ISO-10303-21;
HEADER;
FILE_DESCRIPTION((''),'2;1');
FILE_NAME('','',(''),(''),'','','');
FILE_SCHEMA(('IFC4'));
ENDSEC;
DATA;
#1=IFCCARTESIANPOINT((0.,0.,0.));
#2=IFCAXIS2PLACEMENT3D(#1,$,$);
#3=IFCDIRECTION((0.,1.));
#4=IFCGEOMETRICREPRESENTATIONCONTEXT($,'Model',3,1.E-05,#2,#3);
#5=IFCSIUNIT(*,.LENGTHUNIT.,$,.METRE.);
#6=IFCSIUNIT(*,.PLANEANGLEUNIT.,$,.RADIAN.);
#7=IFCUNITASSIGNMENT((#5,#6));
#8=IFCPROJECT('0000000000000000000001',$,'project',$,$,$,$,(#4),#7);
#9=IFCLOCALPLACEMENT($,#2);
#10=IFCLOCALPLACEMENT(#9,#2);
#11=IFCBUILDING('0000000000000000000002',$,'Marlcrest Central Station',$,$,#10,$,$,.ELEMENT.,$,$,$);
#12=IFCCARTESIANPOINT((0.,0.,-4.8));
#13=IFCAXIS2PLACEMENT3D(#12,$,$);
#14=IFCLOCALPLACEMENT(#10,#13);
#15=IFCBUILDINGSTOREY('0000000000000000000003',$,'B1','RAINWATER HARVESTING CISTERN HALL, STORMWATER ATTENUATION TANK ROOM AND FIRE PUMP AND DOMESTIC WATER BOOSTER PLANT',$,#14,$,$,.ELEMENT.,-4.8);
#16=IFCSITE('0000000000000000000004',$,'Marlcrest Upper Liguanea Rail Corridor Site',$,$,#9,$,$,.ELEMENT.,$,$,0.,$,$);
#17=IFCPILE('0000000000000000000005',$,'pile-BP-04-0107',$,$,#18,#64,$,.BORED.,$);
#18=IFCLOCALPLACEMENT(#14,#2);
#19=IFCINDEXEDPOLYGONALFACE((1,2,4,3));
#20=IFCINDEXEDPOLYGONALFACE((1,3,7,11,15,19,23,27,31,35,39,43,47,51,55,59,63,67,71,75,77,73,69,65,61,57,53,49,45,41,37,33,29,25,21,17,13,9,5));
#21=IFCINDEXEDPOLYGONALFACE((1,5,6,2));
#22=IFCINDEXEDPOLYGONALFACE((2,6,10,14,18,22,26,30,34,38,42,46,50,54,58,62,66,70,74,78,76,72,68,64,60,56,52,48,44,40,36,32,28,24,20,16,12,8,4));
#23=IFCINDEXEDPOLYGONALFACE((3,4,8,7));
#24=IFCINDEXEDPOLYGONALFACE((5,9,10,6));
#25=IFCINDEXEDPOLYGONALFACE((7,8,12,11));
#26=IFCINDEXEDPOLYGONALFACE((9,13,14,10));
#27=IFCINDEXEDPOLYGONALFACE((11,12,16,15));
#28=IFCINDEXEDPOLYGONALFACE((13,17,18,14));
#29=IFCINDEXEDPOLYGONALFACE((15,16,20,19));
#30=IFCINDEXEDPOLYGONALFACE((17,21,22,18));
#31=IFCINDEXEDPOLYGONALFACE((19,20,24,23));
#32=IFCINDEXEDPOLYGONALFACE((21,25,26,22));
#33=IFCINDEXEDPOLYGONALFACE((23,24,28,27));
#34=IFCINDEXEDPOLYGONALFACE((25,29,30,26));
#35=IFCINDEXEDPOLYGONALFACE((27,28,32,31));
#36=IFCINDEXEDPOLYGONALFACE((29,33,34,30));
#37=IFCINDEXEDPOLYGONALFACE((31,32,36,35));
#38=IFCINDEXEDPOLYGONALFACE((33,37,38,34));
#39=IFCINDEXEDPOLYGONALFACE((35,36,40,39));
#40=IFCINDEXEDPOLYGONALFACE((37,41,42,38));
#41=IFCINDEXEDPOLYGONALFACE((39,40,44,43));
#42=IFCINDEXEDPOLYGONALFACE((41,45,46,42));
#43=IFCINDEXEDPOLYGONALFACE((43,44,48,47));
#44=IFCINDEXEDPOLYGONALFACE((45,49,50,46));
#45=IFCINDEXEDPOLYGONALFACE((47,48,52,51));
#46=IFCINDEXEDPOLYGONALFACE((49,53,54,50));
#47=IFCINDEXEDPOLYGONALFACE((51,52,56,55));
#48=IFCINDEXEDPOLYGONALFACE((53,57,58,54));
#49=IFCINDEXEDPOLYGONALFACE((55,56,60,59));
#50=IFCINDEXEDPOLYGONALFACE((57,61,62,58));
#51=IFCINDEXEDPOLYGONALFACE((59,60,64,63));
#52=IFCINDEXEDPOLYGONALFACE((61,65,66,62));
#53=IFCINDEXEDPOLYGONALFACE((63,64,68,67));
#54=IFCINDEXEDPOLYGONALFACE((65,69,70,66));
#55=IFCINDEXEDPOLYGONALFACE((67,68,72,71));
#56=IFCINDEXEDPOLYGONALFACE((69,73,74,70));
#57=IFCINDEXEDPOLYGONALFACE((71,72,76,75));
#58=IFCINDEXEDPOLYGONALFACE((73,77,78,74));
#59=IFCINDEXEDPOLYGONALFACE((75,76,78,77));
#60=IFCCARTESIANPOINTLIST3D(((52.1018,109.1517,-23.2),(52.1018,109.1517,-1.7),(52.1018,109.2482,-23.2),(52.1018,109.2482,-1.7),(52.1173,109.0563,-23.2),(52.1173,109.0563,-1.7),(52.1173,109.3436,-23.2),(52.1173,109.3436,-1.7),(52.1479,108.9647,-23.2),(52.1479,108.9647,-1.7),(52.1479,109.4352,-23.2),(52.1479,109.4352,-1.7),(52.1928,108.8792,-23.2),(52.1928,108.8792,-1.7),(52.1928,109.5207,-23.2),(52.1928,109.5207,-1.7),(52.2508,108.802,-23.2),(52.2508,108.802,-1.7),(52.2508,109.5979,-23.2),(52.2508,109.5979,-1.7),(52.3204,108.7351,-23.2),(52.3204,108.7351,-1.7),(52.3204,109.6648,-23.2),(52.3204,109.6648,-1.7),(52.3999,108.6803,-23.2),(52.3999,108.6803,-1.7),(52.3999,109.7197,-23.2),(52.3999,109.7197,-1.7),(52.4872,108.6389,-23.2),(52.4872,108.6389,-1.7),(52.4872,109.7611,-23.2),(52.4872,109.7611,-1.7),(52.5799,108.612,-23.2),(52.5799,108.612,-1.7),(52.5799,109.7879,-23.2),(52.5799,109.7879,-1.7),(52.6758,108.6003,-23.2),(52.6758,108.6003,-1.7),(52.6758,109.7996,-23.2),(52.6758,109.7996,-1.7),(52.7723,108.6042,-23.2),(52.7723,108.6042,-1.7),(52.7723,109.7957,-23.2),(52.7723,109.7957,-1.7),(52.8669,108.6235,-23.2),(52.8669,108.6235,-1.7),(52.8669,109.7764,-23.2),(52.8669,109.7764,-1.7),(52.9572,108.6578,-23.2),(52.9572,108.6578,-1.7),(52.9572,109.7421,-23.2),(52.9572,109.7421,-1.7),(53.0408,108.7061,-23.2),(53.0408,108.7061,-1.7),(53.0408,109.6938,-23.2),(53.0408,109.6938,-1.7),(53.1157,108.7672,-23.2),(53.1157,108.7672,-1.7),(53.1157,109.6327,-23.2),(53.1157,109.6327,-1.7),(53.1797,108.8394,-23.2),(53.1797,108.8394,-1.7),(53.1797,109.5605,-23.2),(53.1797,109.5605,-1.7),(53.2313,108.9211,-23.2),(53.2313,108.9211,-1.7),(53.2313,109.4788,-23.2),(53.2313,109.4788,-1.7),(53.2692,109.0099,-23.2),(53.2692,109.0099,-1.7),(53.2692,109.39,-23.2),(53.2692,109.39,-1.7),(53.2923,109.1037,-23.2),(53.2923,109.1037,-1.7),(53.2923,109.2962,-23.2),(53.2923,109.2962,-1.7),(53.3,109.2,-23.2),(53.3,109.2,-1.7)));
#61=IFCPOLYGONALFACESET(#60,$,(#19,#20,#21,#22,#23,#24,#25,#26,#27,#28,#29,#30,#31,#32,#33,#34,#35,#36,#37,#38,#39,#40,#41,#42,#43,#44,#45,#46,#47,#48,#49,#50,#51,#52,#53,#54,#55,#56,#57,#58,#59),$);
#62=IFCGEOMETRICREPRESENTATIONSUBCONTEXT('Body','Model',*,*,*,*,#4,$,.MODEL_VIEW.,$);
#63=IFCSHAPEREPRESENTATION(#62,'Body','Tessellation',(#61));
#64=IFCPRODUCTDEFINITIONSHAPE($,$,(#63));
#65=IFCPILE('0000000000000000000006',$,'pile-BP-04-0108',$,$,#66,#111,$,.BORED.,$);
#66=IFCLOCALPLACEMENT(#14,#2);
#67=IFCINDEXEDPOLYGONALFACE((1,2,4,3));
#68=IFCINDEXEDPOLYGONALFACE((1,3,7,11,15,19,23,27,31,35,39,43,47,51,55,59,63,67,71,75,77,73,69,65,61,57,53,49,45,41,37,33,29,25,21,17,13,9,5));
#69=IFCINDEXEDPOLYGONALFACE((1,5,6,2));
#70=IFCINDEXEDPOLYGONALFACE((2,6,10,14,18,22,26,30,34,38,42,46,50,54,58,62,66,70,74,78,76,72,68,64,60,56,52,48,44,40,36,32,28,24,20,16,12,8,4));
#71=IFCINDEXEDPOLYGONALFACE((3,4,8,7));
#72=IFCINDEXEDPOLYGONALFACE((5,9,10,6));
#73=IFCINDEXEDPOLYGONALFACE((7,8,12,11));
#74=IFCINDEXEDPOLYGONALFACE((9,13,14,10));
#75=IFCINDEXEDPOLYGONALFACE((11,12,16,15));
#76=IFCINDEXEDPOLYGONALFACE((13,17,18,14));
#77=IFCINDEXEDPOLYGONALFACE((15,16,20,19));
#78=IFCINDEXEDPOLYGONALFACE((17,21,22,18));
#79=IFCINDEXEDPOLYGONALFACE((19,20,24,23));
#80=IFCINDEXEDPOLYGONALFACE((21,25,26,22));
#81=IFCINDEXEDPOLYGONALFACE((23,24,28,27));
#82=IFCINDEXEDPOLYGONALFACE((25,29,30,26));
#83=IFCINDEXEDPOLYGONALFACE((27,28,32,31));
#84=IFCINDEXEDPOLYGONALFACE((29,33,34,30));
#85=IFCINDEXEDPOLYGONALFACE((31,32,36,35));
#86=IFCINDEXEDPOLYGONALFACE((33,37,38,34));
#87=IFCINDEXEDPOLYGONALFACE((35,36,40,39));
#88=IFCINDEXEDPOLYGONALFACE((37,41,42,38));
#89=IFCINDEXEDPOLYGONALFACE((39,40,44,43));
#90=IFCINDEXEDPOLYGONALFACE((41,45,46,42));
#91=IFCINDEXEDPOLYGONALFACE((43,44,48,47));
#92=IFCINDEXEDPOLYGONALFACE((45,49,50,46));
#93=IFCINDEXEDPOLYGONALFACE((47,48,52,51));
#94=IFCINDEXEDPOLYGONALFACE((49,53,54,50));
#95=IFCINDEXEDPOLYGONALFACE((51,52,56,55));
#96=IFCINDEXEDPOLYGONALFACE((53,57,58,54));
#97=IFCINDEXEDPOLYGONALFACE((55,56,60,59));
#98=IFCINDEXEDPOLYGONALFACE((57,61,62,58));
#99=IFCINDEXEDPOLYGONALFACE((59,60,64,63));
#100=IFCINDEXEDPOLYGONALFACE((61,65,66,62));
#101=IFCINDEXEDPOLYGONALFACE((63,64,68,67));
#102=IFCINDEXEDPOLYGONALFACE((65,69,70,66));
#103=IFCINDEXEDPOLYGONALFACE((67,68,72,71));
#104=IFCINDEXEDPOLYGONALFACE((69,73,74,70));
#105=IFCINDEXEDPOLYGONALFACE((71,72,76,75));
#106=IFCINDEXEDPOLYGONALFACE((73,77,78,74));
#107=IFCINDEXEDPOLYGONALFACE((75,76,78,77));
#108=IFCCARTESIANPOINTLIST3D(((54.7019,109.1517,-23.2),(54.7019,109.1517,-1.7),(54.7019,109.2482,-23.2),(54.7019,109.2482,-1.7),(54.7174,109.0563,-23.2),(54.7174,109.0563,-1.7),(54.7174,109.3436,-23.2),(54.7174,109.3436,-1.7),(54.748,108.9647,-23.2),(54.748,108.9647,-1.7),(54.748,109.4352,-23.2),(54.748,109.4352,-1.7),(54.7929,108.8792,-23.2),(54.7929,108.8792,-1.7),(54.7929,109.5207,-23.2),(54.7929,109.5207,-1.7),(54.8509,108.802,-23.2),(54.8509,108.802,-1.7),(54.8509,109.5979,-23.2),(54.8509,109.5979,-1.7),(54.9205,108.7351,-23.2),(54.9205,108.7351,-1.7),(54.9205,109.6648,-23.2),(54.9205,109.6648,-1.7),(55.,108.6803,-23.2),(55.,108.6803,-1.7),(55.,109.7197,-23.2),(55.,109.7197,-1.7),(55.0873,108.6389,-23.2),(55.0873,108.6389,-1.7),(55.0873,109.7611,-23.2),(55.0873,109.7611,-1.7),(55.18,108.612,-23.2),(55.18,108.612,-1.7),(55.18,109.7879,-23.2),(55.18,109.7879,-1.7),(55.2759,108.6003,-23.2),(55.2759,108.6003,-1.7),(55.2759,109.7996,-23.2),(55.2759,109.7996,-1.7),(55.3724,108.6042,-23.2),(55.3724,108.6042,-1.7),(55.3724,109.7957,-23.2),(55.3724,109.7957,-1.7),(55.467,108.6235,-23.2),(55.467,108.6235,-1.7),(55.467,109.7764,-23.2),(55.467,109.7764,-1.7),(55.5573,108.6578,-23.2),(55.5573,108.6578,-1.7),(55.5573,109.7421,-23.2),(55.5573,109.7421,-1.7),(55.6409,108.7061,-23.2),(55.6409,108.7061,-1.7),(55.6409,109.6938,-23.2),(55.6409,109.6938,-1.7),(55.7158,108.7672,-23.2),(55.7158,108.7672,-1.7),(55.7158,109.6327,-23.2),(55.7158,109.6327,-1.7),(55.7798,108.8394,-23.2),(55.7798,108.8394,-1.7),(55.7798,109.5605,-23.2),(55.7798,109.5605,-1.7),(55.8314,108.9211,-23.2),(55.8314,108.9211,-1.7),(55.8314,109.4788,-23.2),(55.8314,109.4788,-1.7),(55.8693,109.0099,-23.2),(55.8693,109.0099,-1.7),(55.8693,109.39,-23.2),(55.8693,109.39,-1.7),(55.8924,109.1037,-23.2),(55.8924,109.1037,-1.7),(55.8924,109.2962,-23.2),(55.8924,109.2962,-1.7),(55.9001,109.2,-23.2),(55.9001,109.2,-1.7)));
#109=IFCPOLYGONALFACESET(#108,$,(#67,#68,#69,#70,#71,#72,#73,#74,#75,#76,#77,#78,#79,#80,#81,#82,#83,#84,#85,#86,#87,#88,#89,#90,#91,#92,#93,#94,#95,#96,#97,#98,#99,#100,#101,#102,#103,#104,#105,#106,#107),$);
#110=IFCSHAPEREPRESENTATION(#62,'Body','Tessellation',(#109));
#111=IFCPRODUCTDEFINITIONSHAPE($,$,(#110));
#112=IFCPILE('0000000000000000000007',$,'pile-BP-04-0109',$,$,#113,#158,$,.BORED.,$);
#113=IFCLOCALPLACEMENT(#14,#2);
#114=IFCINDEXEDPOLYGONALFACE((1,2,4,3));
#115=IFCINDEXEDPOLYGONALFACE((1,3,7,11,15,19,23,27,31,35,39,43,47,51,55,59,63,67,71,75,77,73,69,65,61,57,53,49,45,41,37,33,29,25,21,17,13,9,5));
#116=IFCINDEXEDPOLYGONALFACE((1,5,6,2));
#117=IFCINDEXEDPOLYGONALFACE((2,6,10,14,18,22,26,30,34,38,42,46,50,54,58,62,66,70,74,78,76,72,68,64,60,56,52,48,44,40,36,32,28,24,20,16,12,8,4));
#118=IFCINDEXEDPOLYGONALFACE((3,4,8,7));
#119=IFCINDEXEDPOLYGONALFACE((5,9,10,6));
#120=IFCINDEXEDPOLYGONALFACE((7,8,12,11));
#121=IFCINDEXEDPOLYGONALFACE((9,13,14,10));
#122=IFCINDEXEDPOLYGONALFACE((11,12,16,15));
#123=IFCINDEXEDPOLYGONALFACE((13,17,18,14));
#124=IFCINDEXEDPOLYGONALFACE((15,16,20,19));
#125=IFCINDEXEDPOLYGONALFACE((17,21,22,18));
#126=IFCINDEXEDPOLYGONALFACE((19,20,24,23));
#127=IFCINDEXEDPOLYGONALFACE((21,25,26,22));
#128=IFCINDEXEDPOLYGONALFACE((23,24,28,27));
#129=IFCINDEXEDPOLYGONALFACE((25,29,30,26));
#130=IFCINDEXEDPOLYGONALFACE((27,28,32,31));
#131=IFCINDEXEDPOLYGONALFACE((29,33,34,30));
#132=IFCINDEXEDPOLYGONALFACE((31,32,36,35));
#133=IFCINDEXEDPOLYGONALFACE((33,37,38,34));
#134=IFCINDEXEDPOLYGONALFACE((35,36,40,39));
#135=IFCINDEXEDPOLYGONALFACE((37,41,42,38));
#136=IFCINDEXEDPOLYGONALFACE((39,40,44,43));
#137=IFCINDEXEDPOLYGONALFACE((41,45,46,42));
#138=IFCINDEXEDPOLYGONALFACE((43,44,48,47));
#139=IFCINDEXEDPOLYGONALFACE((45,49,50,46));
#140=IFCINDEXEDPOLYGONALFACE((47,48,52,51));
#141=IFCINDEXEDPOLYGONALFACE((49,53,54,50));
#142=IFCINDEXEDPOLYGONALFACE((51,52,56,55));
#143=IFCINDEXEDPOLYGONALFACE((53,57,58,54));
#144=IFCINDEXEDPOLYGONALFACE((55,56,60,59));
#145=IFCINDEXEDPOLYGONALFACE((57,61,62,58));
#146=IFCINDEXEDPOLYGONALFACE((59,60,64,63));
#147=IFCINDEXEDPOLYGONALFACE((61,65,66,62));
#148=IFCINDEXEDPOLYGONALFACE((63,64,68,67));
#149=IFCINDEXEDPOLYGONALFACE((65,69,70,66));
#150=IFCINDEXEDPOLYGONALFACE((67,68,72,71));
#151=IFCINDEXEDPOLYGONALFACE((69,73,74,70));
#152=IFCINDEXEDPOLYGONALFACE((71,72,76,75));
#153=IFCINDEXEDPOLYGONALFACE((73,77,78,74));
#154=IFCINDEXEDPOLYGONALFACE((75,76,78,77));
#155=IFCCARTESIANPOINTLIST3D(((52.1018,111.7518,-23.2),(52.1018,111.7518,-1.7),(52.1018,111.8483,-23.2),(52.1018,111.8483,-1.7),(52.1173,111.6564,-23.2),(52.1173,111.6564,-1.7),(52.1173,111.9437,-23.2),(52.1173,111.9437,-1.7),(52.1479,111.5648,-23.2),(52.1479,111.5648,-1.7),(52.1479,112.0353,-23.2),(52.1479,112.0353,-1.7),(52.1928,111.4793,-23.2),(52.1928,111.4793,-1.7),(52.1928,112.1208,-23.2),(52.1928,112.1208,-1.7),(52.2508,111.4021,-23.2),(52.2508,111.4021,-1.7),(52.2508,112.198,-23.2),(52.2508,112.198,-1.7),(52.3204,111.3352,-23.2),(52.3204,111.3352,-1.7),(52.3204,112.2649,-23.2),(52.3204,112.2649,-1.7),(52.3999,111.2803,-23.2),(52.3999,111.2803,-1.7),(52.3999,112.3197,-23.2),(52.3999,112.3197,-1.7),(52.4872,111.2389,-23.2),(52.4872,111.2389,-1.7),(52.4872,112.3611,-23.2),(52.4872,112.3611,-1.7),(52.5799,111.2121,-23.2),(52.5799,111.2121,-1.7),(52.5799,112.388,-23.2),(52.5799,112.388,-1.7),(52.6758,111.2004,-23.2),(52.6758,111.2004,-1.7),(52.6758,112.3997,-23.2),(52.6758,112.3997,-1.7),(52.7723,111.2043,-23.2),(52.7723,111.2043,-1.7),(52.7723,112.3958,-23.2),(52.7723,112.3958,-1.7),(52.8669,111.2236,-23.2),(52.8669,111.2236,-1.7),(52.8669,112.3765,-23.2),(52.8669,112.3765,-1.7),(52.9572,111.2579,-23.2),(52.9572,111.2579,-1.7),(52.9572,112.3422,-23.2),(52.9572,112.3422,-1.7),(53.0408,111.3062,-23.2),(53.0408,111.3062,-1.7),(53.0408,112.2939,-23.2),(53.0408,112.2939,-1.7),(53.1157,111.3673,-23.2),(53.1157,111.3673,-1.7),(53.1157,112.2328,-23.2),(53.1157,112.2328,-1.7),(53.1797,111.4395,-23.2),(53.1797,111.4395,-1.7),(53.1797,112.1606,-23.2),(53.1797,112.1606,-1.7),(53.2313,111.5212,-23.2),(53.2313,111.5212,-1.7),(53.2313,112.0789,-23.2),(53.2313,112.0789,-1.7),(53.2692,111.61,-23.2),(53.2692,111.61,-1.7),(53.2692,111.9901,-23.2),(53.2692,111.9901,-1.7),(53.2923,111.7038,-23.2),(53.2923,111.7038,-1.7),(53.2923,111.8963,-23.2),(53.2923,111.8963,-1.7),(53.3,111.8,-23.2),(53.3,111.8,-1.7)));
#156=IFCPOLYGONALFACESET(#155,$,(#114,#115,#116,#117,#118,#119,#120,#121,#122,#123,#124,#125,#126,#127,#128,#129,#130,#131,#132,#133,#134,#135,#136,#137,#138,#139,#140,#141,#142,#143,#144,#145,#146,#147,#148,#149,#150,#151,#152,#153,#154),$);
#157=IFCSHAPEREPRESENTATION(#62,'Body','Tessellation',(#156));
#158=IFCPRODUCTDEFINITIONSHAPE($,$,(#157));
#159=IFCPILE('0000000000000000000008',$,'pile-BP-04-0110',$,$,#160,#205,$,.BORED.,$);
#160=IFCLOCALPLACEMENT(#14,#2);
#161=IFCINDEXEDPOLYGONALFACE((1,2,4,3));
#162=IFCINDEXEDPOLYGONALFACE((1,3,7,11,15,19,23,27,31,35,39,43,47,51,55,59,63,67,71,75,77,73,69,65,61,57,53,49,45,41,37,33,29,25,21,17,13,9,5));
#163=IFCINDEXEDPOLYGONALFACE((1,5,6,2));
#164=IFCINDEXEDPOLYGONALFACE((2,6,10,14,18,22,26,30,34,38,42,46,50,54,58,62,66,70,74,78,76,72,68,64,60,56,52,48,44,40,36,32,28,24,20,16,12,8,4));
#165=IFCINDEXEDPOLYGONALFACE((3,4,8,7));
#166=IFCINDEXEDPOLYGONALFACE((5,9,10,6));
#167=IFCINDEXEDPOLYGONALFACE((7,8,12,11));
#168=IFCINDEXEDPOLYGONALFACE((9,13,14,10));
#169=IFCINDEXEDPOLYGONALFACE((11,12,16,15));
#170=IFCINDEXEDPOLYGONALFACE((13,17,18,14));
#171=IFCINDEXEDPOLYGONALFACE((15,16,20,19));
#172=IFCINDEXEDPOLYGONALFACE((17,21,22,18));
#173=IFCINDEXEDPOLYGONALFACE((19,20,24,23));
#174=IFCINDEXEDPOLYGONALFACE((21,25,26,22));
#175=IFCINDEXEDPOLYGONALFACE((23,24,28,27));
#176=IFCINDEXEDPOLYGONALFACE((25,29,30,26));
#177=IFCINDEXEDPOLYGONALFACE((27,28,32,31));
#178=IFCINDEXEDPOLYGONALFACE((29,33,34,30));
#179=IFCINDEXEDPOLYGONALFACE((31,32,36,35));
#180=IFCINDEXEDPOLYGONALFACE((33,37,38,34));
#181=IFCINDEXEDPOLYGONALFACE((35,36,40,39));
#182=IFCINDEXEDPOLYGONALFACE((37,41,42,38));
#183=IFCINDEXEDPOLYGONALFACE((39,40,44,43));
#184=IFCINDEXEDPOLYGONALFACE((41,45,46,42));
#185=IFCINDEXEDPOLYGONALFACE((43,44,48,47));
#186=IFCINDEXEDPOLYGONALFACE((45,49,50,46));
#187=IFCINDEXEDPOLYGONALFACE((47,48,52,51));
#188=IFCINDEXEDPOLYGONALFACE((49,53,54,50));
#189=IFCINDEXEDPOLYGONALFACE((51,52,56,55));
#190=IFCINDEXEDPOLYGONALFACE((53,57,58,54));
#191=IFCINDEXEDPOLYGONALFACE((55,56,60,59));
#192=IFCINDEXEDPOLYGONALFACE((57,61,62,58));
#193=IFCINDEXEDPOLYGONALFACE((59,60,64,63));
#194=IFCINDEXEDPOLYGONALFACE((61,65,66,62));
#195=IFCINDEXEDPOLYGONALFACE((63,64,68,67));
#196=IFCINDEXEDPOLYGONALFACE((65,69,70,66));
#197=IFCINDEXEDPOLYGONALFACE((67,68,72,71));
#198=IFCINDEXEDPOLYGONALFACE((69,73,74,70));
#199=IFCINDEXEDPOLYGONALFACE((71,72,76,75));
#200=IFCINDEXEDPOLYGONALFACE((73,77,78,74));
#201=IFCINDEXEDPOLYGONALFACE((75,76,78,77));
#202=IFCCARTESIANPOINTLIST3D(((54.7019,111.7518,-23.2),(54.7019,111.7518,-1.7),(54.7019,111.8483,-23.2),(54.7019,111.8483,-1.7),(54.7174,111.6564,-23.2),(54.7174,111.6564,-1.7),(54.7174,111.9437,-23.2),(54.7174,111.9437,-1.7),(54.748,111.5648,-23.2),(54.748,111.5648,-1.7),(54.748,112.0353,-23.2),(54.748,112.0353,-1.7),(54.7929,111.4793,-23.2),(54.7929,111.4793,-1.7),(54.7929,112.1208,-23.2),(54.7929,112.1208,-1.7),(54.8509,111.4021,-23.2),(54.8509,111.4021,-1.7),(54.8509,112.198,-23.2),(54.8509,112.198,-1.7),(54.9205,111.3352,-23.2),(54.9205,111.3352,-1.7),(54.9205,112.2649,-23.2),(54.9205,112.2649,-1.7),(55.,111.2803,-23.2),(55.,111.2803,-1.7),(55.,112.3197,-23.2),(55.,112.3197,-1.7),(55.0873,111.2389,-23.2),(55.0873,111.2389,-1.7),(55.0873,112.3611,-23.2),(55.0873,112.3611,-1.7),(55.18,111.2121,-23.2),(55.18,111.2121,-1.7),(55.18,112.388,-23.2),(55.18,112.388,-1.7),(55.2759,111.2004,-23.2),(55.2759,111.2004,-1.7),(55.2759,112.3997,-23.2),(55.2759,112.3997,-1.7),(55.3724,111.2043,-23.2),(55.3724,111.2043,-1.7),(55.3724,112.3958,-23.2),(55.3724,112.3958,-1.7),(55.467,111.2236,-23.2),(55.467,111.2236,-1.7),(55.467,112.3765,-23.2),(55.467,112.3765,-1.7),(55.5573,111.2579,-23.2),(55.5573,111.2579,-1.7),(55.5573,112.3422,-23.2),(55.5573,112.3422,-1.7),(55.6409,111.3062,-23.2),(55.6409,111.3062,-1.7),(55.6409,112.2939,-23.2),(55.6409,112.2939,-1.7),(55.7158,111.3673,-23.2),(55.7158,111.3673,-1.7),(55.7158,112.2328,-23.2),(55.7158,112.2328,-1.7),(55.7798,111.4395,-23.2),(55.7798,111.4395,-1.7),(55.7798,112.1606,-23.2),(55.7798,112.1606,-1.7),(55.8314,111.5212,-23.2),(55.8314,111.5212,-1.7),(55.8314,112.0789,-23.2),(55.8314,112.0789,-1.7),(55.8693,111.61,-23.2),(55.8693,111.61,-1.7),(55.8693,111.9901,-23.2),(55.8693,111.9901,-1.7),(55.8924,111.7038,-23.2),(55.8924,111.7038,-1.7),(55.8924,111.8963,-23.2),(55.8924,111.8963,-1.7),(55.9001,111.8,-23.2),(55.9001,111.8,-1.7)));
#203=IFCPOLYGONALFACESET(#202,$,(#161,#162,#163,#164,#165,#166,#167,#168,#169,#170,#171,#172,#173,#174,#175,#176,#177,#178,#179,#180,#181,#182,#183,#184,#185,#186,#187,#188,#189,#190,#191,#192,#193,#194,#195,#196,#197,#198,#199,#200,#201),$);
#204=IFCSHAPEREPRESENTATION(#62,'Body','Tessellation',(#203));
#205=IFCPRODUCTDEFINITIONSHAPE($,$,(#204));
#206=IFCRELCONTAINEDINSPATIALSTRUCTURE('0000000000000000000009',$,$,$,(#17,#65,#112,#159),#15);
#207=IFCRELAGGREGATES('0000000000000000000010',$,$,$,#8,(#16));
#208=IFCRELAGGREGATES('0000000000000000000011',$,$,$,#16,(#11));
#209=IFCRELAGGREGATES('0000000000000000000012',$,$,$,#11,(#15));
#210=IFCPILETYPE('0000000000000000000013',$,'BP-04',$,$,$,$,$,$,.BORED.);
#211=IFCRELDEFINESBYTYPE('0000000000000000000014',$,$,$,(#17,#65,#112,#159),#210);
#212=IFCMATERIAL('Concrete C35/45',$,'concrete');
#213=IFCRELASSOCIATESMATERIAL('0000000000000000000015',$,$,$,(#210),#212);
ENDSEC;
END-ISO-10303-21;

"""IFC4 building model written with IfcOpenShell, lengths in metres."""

from ifc_helpers import new_model, si_unit, direction, frame, origin, origin_2d, place, context, subcontext, project, spatial, circle, extrude, material, material_profile, profile_set, type_object, element, save


model = new_model("IFC4")

# Units and contexts
model_context = context("Model", 3, precision=1e-05, world=origin(), true_north=direction((0.0, 1.0)))
body_context = subcontext(model_context, "Body", "Model", "MODEL_VIEW")
ifc_project = project(units=[si_unit("LENGTHUNIT", "METRE"), si_unit("PLANEANGLEUNIT", "RADIAN")], contexts=[model_context])

# Site, building, storey
site_placement = place(None, origin())
site = spatial("IfcSite", under=ifc_project, at=site_placement, Name="Marlcrest Upper Liguanea Rail Corridor Site", CompositionType="ELEMENT", RefElevation=0.0)
building_placement = place(site_placement, origin())
building = spatial("IfcBuilding", under=site, at=building_placement, Name="Marlcrest Central Station", CompositionType="ELEMENT")
storey_placement = place(building_placement, frame((0.0, 0.0, -4.8)))
storey = spatial("IfcBuildingStorey", under=building, at=storey_placement, Name="B1", Description="RAINWATER HARVESTING CISTERN HALL, STORMWATER ATTENUATION TANK ROOM AND FIRE PUMP AND DOMESTIC WATER BOOSTER PLANT", CompositionType="ELEMENT", Elevation=-4.8)

# Piles
ifc_material_1 = material(Name="Concrete C35/45", Category="concrete")
ifc_material_profile_1 = material_profile(ifc_material_1, circle(Radius=0.6001, at=origin_2d()), Name="PILE D1200")
ifc_profile_set_1 = profile_set([ifc_material_profile_1], Name="Concrete C35/45")
pile_type = type_object("IfcPileType", Name="BP-04", PredefinedType="BORED", material=ifc_profile_set_1)
for number, where, z_axis, x_axis, name in (
    (1, (52.7, 109.2, -1.7), (0.0, 0.0, -1.0), (1.0, 0.0, 0.0), "pile-BP-04-0107"),
    (2, (55.3, 109.2, -1.7), (0.0, 0.0, -1.0), (1.0, 0.0, 0.0), "pile-BP-04-0108"),
    (3, (52.7, 111.8, -1.7), (0.0, 0.0, -1.0), (1.0, 0.0, 0.0), "pile-BP-04-0109"),
    (4, (55.3, 111.8, -1.7), (0.0, 0.0, -1.0), (1.0, 0.0, 0.0), "pile-BP-04-0110"),
):
    element("IfcPile", number, at=place(storey_placement, frame(where, z_axis=z_axis, x_axis=x_axis)), inside=storey, type_object=pile_type, Name=name, PredefinedType="BORED", context=body_context, shape_type="SweptSolid", body=[
        extrude(circle(Radius=0.6001, at=origin_2d()), origin(), (0.0, 0.0, 1.0), 21.5),
    ])

save(model, "model.ifc")
